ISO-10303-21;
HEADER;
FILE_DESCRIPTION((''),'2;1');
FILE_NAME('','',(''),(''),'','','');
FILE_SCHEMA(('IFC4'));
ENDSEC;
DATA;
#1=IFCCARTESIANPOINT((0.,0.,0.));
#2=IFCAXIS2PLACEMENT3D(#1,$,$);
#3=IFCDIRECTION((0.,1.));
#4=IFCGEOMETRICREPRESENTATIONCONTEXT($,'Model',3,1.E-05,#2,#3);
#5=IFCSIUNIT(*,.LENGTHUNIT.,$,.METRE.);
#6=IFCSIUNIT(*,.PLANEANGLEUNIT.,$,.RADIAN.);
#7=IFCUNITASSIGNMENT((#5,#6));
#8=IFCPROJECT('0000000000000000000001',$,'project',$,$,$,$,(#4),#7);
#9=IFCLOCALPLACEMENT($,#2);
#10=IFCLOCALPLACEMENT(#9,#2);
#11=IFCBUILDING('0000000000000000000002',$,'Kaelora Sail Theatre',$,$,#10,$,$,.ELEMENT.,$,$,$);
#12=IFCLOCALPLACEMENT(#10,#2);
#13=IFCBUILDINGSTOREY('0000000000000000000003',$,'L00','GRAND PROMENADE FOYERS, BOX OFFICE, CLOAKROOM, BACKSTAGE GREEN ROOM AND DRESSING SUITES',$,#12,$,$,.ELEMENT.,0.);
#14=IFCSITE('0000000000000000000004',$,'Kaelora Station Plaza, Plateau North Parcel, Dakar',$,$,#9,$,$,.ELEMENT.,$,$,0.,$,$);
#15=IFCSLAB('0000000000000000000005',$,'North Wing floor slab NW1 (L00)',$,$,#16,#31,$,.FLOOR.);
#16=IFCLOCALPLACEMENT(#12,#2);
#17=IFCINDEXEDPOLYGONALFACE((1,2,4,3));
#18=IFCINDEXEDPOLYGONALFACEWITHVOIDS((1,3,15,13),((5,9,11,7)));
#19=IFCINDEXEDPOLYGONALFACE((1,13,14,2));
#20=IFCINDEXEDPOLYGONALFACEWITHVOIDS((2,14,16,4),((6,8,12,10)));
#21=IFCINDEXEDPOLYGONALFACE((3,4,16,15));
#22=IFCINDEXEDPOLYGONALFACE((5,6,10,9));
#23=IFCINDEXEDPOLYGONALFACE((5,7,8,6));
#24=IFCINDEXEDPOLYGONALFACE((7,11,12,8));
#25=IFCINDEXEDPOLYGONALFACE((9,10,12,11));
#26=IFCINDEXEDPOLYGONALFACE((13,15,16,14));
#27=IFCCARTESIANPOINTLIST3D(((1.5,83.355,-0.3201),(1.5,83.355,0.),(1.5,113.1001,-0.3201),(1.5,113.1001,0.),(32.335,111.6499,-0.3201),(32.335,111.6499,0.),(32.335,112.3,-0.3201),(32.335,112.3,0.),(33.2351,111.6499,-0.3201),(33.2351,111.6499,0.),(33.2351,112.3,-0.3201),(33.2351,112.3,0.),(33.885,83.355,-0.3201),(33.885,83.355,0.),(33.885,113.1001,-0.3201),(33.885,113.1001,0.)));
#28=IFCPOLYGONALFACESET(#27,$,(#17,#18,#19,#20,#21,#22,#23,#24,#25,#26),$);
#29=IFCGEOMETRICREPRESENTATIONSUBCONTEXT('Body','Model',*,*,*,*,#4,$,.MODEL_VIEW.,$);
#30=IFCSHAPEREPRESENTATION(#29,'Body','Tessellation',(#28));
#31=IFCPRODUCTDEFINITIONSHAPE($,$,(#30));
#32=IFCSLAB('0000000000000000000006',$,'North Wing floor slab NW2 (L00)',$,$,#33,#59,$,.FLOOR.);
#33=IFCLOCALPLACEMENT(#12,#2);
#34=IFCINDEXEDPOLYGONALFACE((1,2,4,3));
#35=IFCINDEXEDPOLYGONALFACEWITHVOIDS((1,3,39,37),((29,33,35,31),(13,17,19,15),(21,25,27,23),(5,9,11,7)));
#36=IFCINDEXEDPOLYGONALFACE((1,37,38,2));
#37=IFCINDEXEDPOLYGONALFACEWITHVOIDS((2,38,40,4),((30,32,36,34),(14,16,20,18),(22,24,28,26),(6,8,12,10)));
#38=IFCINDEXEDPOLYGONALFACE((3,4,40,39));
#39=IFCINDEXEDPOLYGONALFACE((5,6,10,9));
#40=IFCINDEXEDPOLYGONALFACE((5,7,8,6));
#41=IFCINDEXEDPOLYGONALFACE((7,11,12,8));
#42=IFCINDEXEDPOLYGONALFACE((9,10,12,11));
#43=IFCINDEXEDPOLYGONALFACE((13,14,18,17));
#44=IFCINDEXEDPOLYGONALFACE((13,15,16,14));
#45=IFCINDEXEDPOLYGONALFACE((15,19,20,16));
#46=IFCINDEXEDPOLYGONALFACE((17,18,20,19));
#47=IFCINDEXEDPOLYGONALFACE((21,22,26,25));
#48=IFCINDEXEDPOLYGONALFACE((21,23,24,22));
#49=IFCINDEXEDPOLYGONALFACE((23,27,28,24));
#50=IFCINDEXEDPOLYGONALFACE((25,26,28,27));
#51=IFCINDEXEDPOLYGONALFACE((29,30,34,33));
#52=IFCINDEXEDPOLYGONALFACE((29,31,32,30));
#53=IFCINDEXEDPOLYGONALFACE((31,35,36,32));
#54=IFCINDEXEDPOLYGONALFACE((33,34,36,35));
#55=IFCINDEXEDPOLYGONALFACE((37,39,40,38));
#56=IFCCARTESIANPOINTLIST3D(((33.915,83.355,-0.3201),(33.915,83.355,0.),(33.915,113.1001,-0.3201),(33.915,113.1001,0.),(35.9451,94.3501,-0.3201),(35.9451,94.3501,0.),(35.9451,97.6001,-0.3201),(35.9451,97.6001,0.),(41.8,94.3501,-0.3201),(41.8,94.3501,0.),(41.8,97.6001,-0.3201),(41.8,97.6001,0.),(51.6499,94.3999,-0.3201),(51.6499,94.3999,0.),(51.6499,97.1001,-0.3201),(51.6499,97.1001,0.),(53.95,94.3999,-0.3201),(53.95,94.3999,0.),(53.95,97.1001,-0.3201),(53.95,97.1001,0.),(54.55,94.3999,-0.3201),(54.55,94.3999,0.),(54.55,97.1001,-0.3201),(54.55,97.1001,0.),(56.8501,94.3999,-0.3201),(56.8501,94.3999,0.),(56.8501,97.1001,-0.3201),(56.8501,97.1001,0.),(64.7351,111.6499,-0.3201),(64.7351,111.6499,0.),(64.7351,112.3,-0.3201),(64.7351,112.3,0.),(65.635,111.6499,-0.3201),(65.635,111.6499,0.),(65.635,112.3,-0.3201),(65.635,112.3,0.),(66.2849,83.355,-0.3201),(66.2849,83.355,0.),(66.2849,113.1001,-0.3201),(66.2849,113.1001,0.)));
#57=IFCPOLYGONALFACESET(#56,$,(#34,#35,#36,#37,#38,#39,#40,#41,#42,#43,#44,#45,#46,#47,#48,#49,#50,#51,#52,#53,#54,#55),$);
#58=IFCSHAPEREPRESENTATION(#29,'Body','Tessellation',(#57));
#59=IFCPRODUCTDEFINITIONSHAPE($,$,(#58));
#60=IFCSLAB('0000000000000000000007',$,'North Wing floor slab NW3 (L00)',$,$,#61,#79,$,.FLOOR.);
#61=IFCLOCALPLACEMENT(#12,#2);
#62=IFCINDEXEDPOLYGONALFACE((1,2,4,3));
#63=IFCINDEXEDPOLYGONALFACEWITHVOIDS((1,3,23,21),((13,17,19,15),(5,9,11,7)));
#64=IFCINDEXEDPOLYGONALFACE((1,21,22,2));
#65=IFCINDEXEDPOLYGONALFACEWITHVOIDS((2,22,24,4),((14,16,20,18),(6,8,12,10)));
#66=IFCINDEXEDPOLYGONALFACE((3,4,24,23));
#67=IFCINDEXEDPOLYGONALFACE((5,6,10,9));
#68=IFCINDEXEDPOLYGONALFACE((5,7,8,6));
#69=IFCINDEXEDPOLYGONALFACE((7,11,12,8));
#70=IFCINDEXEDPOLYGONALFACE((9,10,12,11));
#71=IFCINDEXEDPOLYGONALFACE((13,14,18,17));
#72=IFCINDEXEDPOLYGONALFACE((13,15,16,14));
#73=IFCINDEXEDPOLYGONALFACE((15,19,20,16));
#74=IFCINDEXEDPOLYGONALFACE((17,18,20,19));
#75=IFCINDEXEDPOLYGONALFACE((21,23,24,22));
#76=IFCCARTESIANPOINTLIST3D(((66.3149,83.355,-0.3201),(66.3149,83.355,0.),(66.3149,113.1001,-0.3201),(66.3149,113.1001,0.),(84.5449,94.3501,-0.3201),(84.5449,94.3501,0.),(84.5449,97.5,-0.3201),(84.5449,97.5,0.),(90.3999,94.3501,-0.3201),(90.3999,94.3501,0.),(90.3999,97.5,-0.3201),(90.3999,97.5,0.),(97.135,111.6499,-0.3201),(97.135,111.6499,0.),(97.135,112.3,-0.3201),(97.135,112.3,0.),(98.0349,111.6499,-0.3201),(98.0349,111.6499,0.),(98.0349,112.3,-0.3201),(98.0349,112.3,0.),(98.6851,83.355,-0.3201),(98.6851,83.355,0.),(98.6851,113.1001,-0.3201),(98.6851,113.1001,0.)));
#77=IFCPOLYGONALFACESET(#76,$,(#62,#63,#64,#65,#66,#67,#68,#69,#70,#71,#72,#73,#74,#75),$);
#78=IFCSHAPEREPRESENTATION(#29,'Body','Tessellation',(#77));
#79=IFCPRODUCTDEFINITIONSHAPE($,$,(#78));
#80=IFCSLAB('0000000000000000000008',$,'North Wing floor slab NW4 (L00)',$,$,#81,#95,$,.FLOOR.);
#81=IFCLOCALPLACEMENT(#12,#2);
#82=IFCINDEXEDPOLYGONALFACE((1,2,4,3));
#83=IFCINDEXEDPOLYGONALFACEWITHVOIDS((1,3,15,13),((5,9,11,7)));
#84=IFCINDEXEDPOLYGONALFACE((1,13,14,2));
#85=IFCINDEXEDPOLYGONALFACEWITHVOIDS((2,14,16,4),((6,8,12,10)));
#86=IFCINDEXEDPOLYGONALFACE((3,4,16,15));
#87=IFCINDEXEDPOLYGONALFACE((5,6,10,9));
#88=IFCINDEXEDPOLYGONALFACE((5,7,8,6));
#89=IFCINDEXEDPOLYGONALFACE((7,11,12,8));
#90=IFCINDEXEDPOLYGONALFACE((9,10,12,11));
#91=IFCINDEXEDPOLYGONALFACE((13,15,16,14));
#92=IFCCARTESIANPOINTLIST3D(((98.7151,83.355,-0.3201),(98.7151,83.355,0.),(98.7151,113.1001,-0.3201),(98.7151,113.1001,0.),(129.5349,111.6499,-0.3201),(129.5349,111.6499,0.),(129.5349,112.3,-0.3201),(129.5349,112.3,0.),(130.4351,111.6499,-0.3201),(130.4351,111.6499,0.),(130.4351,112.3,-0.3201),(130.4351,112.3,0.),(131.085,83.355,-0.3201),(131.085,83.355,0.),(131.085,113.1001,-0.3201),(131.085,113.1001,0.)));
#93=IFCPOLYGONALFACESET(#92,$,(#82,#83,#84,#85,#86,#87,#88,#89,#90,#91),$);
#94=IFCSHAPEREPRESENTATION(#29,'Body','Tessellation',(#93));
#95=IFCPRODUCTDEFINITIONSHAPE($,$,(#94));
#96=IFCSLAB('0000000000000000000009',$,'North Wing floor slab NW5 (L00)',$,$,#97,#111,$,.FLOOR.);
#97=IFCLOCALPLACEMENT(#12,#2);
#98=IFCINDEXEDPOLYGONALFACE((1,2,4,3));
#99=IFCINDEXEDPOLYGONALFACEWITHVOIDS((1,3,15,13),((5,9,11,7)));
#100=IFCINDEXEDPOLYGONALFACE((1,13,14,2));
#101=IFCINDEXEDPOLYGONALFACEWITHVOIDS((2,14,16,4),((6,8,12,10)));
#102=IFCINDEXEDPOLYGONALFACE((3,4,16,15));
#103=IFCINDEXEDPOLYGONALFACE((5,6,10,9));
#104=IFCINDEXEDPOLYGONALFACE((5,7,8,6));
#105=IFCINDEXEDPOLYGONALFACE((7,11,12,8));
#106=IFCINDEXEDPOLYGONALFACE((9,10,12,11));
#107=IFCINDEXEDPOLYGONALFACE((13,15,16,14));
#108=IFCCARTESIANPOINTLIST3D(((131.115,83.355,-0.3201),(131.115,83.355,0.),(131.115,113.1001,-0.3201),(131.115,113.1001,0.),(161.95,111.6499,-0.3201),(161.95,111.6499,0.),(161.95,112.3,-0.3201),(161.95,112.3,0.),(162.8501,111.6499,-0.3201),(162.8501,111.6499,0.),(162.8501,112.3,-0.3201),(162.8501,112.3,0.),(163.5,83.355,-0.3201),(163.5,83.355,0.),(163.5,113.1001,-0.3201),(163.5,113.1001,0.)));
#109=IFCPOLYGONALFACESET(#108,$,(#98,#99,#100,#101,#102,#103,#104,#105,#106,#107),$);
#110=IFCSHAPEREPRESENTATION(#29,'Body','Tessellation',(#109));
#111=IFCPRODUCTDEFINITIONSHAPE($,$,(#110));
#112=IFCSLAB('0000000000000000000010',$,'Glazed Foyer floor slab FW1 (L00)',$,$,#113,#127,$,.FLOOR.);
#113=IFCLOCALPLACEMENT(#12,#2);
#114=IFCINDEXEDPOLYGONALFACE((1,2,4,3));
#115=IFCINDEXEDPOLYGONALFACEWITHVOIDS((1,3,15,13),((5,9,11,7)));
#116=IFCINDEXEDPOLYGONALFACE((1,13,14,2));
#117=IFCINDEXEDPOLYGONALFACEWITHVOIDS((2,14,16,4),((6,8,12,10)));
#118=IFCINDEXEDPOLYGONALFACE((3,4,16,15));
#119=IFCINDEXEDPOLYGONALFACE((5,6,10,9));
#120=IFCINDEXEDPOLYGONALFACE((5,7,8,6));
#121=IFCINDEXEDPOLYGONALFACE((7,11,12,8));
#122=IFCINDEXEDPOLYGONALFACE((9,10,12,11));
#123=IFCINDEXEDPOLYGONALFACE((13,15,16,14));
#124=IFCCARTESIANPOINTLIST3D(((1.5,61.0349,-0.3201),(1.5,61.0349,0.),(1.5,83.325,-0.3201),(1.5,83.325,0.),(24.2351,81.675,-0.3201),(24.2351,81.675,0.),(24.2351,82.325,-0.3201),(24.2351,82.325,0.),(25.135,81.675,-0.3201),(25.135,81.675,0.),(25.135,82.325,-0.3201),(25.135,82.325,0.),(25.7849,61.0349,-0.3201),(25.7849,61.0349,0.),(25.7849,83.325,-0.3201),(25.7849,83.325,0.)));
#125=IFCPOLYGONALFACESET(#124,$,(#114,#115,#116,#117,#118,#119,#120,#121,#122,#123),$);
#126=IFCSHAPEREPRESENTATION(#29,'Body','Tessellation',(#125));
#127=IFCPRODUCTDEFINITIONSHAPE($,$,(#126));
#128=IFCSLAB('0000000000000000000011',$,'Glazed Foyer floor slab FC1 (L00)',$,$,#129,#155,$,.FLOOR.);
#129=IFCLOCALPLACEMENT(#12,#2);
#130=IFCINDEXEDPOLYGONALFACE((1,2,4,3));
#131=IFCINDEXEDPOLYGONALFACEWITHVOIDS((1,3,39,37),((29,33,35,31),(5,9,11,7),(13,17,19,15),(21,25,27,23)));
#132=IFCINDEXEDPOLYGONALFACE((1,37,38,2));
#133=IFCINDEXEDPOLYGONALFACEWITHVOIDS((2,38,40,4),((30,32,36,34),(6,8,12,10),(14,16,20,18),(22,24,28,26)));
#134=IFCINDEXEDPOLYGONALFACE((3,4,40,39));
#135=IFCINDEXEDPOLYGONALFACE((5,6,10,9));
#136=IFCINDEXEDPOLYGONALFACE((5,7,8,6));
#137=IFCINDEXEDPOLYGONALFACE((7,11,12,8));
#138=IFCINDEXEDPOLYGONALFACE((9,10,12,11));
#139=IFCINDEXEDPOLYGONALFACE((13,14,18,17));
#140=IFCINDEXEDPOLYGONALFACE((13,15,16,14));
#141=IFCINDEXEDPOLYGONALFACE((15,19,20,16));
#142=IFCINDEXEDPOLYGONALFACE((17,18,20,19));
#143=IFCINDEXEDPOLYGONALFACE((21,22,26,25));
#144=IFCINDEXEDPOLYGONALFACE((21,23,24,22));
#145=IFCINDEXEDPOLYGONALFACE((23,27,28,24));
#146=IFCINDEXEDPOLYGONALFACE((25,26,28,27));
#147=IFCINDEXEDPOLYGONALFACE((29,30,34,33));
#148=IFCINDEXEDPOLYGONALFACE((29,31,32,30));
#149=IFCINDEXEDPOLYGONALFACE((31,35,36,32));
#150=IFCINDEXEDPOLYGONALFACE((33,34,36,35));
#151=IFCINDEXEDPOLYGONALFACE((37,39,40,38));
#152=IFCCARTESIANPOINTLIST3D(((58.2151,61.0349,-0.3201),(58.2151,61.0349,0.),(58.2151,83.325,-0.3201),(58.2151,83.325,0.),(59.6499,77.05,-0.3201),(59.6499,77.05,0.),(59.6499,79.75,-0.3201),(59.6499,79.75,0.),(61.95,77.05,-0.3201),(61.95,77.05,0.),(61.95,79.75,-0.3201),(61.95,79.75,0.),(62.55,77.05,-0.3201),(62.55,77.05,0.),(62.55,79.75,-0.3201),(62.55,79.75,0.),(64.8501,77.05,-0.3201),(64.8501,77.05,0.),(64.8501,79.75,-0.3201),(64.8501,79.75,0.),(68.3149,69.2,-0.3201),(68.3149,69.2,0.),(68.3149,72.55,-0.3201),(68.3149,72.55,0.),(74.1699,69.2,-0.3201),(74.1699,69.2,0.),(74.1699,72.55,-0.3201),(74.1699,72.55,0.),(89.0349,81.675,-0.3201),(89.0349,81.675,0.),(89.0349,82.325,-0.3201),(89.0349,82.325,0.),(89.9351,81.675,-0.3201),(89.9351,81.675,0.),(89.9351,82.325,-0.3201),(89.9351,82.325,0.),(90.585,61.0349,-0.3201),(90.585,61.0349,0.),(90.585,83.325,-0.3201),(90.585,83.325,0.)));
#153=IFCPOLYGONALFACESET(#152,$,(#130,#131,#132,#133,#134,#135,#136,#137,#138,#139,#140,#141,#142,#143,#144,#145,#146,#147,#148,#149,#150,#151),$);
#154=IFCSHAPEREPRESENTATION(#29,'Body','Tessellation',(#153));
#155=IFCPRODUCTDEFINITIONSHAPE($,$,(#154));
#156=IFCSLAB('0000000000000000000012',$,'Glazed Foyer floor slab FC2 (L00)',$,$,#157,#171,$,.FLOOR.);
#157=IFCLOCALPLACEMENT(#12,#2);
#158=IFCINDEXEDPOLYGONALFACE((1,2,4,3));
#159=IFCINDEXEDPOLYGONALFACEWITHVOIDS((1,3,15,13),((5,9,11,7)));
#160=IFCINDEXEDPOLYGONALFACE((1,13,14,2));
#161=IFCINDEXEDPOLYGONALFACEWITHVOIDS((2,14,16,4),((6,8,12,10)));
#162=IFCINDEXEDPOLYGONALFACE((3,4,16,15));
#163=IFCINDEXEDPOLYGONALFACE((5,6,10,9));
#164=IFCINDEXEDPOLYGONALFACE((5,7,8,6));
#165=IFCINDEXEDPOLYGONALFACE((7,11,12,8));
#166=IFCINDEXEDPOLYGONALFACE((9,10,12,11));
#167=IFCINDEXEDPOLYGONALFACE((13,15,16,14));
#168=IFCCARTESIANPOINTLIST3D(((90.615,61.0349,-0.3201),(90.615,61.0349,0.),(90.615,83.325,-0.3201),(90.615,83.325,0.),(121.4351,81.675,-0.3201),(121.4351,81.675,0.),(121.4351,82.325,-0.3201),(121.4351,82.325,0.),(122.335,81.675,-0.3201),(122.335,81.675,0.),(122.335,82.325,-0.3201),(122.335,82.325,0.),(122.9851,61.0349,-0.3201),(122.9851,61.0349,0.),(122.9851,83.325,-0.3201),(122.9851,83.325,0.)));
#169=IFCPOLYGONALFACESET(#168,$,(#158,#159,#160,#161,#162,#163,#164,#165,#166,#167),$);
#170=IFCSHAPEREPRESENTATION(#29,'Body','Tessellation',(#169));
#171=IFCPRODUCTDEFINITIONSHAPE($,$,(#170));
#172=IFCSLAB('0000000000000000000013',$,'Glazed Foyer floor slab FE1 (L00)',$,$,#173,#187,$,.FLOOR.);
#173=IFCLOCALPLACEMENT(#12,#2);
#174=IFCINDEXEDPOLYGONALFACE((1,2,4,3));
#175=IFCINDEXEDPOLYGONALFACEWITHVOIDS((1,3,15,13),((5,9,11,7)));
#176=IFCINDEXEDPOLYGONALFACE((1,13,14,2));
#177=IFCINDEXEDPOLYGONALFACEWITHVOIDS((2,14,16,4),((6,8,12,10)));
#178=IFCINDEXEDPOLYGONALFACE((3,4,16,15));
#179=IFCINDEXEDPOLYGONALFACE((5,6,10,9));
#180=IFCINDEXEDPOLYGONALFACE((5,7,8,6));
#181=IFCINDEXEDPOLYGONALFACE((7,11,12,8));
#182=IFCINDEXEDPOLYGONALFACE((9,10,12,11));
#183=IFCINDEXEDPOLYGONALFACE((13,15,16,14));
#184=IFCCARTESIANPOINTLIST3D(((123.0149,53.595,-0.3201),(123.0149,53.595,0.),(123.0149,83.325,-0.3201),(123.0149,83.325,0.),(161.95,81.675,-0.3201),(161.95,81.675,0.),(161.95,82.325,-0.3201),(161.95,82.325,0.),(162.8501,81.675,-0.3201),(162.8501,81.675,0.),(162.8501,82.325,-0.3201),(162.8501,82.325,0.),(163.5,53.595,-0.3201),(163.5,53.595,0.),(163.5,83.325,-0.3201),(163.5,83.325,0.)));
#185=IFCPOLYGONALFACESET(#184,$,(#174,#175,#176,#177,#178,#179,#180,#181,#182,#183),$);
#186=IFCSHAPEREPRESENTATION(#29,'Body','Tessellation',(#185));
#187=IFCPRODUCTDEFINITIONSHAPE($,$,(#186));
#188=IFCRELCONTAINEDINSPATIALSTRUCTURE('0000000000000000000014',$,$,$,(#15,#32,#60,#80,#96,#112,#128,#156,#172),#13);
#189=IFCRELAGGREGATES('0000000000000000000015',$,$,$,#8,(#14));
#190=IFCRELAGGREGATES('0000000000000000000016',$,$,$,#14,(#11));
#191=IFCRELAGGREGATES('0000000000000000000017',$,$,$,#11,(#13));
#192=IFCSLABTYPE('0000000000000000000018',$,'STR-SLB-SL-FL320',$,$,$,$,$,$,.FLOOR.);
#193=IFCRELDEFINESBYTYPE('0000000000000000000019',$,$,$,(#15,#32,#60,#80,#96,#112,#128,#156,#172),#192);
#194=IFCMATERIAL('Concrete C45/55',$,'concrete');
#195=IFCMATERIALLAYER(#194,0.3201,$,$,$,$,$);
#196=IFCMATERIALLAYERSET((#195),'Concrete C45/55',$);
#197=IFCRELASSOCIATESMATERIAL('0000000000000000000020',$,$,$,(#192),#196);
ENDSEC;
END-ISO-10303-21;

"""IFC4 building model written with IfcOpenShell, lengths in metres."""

from ifc_helpers import new_model, si_unit, direction, frame, origin, place, context, subcontext, project, spatial, polyline, outline, extrude, material, layer, layer_set, type_object, element, save


model = new_model("IFC4")

# Units and contexts
model_context = context("Model", 3, precision=1e-05, world=origin(), true_north=direction((0.0, 1.0)))
body_context = subcontext(model_context, "Body", "Model", "MODEL_VIEW")
ifc_project = project(units=[si_unit("LENGTHUNIT", "METRE"), si_unit("PLANEANGLEUNIT", "RADIAN")], contexts=[model_context])

# Site, building, storey
site_placement = place(None, origin())
site = spatial("IfcSite", under=ifc_project, at=site_placement, Name="Kaelora Station Plaza, Plateau North Parcel, Dakar", CompositionType="ELEMENT", RefElevation=0.0)
building_placement = place(site_placement, origin())
building = spatial("IfcBuilding", under=site, at=building_placement, Name="Kaelora Sail Theatre", CompositionType="ELEMENT")
storey_placement = place(building_placement, origin())
storey = spatial("IfcBuildingStorey", under=building, at=storey_placement, Name="L00", Description="GRAND PROMENADE FOYERS, BOX OFFICE, CLOAKROOM, BACKSTAGE GREEN ROOM AND DRESSING SUITES", CompositionType="ELEMENT", Elevation=0.0)

# Slabs
ifc_material_1 = material(Name="Concrete C45/55", Category="concrete")
ifc_layer_1 = layer(ifc_material_1, 0.3201)
ifc_layer_set_1 = layer_set([ifc_layer_1], Name="Concrete C45/55")
slab_type_1 = type_object("IfcSlabType", Name="STR-SLB-SL-FL320", PredefinedType="FLOOR", material=ifc_layer_set_1)
slab_1_placement = place(storey_placement, frame((0.0, 0.0, -0.3201)))
element("IfcSlab", 1, at=slab_1_placement, inside=storey, type_object=slab_type_1, Name="North Wing floor slab NW1 (L00)", PredefinedType="FLOOR", context=body_context, shape_type="SweptSolid", body=[
    extrude(outline(polyline([(1.5, 83.355), (1.5, 113.1001), (33.885, 113.1001), (33.885, 83.355), (1.5, 83.355)]), holes=[polyline([(32.335, 111.6499), (33.2351, 111.6499), (33.2351, 112.3), (32.335, 112.3), (32.335, 111.6499)])]), origin(), (0.0, 0.0, 1.0), 0.3201),
])
slab_2_placement = place(storey_placement, frame((0.0, 0.0, -0.3201)))
element("IfcSlab", 2, at=slab_2_placement, inside=storey, type_object=slab_type_1, Name="North Wing floor slab NW2 (L00)", PredefinedType="FLOOR", context=body_context, shape_type="SweptSolid", body=[
    extrude(outline(polyline([(33.915, 83.355), (33.915, 113.1001), (66.2849, 113.1001), (66.2849, 83.355), (33.915, 83.355)]), holes=[polyline([(35.9451, 94.3501), (41.8, 94.3501), (41.8, 97.6001), (35.9451, 97.6001), (35.9451, 94.3501)]), polyline([(51.6499, 94.3999), (53.95, 94.3999), (53.95, 97.1001), (51.6499, 97.1001), (51.6499, 94.3999)]), polyline([(54.55, 94.3999), (56.8501, 94.3999), (56.8501, 97.1001), (54.55, 97.1001), (54.55, 94.3999)]), polyline([(64.7351, 111.6499), (65.635, 111.6499), (65.635, 112.3), (64.7351, 112.3), (64.7351, 111.6499)])]), origin(), (0.0, 0.0, 1.0), 0.3201),
])
slab_3_placement = place(storey_placement, frame((0.0, 0.0, -0.3201)))
element("IfcSlab", 3, at=slab_3_placement, inside=storey, type_object=slab_type_1, Name="North Wing floor slab NW3 (L00)", PredefinedType="FLOOR", context=body_context, shape_type="SweptSolid", body=[
    extrude(outline(polyline([(66.3149, 83.355), (66.3149, 113.1001), (98.6851, 113.1001), (98.6851, 83.355), (66.3149, 83.355)]), holes=[polyline([(84.5449, 94.3501), (90.3999, 94.3501), (90.3999, 97.5), (84.5449, 97.5), (84.5449, 94.3501)]), polyline([(97.135, 111.6499), (98.0349, 111.6499), (98.0349, 112.3), (97.135, 112.3), (97.135, 111.6499)])]), origin(), (0.0, 0.0, 1.0), 0.3201),
])
slab_4_placement = place(storey_placement, frame((0.0, 0.0, -0.3201)))
element("IfcSlab", 4, at=slab_4_placement, inside=storey, type_object=slab_type_1, Name="North Wing floor slab NW4 (L00)", PredefinedType="FLOOR", context=body_context, shape_type="SweptSolid", body=[
    extrude(outline(polyline([(98.7151, 83.355), (98.7151, 113.1001), (131.085, 113.1001), (131.085, 83.355), (98.7151, 83.355)]), holes=[polyline([(129.5349, 111.6499), (130.4351, 111.6499), (130.4351, 112.3), (129.5349, 112.3), (129.5349, 111.6499)])]), origin(), (0.0, 0.0, 1.0), 0.3201),
])
slab_5_placement = place(storey_placement, frame((0.0, 0.0, -0.3201)))
element("IfcSlab", 5, at=slab_5_placement, inside=storey, type_object=slab_type_1, Name="North Wing floor slab NW5 (L00)", PredefinedType="FLOOR", context=body_context, shape_type="SweptSolid", body=[
    extrude(outline(polyline([(131.115, 83.355), (131.115, 113.1001), (163.5, 113.1001), (163.5, 83.355), (131.115, 83.355)]), holes=[polyline([(161.95, 111.6499), (162.8501, 111.6499), (162.8501, 112.3), (161.95, 112.3), (161.95, 111.6499)])]), origin(), (0.0, 0.0, 1.0), 0.3201),
])
slab_6_placement = place(storey_placement, frame((0.0, 0.0, -0.3201)))
element("IfcSlab", 6, at=slab_6_placement, inside=storey, type_object=slab_type_1, Name="Glazed Foyer floor slab FW1 (L00)", PredefinedType="FLOOR", context=body_context, shape_type="SweptSolid", body=[
    extrude(outline(polyline([(1.5, 61.0349), (25.7849, 61.0349), (25.7849, 83.325), (1.5, 83.325), (1.5, 61.0349)]), holes=[polyline([(24.2351, 81.675), (25.135, 81.675), (25.135, 82.325), (24.2351, 82.325), (24.2351, 81.675)])]), origin(), (0.0, 0.0, 1.0), 0.3201),
])
slab_7_placement = place(storey_placement, frame((0.0, 0.0, -0.3201)))
element("IfcSlab", 7, at=slab_7_placement, inside=storey, type_object=slab_type_1, Name="Glazed Foyer floor slab FC1 (L00)", PredefinedType="FLOOR", context=body_context, shape_type="SweptSolid", body=[
    extrude(outline(polyline([(58.2151, 61.0349), (90.585, 61.0349), (90.585, 83.325), (58.2151, 83.325), (58.2151, 61.0349)]), holes=[polyline([(68.3149, 69.2), (74.1699, 69.2), (74.1699, 72.55), (68.3149, 72.55), (68.3149, 69.2)]), polyline([(59.6499, 77.05), (61.95, 77.05), (61.95, 79.75), (59.6499, 79.75), (59.6499, 77.05)]), polyline([(62.55, 77.05), (64.8501, 77.05), (64.8501, 79.75), (62.55, 79.75), (62.55, 77.05)]), polyline([(89.0349, 81.675), (89.9351, 81.675), (89.9351, 82.325), (89.0349, 82.325), (89.0349, 81.675)])]), origin(), (0.0, 0.0, 1.0), 0.3201),
])
slab_8_placement = place(storey_placement, frame((0.0, 0.0, -0.3201)))
element("IfcSlab", 8, at=slab_8_placement, inside=storey, type_object=slab_type_1, Name="Glazed Foyer floor slab FC2 (L00)", PredefinedType="FLOOR", context=body_context, shape_type="SweptSolid", body=[
    extrude(outline(polyline([(90.615, 61.0349), (122.9851, 61.0349), (122.9851, 83.325), (90.615, 83.325), (90.615, 61.0349)]), holes=[polyline([(121.4351, 81.675), (122.335, 81.675), (122.335, 82.325), (121.4351, 82.325), (121.4351, 81.675)])]), origin(), (0.0, 0.0, 1.0), 0.3201),
])
slab_9_placement = place(storey_placement, frame((0.0, 0.0, -0.3201)))
element("IfcSlab", 9, at=slab_9_placement, inside=storey, type_object=slab_type_1, Name="Glazed Foyer floor slab FE1 (L00)", PredefinedType="FLOOR", context=body_context, shape_type="SweptSolid", body=[
    extrude(outline(polyline([(123.0149, 53.595), (163.5, 53.595), (163.5, 83.325), (123.0149, 83.325), (123.0149, 53.595)]), holes=[polyline([(161.95, 81.675), (162.8501, 81.675), (162.8501, 82.325), (161.95, 82.325), (161.95, 81.675)])]), origin(), (0.0, 0.0, 1.0), 0.3201),
])

save(model, "model.ifc")
